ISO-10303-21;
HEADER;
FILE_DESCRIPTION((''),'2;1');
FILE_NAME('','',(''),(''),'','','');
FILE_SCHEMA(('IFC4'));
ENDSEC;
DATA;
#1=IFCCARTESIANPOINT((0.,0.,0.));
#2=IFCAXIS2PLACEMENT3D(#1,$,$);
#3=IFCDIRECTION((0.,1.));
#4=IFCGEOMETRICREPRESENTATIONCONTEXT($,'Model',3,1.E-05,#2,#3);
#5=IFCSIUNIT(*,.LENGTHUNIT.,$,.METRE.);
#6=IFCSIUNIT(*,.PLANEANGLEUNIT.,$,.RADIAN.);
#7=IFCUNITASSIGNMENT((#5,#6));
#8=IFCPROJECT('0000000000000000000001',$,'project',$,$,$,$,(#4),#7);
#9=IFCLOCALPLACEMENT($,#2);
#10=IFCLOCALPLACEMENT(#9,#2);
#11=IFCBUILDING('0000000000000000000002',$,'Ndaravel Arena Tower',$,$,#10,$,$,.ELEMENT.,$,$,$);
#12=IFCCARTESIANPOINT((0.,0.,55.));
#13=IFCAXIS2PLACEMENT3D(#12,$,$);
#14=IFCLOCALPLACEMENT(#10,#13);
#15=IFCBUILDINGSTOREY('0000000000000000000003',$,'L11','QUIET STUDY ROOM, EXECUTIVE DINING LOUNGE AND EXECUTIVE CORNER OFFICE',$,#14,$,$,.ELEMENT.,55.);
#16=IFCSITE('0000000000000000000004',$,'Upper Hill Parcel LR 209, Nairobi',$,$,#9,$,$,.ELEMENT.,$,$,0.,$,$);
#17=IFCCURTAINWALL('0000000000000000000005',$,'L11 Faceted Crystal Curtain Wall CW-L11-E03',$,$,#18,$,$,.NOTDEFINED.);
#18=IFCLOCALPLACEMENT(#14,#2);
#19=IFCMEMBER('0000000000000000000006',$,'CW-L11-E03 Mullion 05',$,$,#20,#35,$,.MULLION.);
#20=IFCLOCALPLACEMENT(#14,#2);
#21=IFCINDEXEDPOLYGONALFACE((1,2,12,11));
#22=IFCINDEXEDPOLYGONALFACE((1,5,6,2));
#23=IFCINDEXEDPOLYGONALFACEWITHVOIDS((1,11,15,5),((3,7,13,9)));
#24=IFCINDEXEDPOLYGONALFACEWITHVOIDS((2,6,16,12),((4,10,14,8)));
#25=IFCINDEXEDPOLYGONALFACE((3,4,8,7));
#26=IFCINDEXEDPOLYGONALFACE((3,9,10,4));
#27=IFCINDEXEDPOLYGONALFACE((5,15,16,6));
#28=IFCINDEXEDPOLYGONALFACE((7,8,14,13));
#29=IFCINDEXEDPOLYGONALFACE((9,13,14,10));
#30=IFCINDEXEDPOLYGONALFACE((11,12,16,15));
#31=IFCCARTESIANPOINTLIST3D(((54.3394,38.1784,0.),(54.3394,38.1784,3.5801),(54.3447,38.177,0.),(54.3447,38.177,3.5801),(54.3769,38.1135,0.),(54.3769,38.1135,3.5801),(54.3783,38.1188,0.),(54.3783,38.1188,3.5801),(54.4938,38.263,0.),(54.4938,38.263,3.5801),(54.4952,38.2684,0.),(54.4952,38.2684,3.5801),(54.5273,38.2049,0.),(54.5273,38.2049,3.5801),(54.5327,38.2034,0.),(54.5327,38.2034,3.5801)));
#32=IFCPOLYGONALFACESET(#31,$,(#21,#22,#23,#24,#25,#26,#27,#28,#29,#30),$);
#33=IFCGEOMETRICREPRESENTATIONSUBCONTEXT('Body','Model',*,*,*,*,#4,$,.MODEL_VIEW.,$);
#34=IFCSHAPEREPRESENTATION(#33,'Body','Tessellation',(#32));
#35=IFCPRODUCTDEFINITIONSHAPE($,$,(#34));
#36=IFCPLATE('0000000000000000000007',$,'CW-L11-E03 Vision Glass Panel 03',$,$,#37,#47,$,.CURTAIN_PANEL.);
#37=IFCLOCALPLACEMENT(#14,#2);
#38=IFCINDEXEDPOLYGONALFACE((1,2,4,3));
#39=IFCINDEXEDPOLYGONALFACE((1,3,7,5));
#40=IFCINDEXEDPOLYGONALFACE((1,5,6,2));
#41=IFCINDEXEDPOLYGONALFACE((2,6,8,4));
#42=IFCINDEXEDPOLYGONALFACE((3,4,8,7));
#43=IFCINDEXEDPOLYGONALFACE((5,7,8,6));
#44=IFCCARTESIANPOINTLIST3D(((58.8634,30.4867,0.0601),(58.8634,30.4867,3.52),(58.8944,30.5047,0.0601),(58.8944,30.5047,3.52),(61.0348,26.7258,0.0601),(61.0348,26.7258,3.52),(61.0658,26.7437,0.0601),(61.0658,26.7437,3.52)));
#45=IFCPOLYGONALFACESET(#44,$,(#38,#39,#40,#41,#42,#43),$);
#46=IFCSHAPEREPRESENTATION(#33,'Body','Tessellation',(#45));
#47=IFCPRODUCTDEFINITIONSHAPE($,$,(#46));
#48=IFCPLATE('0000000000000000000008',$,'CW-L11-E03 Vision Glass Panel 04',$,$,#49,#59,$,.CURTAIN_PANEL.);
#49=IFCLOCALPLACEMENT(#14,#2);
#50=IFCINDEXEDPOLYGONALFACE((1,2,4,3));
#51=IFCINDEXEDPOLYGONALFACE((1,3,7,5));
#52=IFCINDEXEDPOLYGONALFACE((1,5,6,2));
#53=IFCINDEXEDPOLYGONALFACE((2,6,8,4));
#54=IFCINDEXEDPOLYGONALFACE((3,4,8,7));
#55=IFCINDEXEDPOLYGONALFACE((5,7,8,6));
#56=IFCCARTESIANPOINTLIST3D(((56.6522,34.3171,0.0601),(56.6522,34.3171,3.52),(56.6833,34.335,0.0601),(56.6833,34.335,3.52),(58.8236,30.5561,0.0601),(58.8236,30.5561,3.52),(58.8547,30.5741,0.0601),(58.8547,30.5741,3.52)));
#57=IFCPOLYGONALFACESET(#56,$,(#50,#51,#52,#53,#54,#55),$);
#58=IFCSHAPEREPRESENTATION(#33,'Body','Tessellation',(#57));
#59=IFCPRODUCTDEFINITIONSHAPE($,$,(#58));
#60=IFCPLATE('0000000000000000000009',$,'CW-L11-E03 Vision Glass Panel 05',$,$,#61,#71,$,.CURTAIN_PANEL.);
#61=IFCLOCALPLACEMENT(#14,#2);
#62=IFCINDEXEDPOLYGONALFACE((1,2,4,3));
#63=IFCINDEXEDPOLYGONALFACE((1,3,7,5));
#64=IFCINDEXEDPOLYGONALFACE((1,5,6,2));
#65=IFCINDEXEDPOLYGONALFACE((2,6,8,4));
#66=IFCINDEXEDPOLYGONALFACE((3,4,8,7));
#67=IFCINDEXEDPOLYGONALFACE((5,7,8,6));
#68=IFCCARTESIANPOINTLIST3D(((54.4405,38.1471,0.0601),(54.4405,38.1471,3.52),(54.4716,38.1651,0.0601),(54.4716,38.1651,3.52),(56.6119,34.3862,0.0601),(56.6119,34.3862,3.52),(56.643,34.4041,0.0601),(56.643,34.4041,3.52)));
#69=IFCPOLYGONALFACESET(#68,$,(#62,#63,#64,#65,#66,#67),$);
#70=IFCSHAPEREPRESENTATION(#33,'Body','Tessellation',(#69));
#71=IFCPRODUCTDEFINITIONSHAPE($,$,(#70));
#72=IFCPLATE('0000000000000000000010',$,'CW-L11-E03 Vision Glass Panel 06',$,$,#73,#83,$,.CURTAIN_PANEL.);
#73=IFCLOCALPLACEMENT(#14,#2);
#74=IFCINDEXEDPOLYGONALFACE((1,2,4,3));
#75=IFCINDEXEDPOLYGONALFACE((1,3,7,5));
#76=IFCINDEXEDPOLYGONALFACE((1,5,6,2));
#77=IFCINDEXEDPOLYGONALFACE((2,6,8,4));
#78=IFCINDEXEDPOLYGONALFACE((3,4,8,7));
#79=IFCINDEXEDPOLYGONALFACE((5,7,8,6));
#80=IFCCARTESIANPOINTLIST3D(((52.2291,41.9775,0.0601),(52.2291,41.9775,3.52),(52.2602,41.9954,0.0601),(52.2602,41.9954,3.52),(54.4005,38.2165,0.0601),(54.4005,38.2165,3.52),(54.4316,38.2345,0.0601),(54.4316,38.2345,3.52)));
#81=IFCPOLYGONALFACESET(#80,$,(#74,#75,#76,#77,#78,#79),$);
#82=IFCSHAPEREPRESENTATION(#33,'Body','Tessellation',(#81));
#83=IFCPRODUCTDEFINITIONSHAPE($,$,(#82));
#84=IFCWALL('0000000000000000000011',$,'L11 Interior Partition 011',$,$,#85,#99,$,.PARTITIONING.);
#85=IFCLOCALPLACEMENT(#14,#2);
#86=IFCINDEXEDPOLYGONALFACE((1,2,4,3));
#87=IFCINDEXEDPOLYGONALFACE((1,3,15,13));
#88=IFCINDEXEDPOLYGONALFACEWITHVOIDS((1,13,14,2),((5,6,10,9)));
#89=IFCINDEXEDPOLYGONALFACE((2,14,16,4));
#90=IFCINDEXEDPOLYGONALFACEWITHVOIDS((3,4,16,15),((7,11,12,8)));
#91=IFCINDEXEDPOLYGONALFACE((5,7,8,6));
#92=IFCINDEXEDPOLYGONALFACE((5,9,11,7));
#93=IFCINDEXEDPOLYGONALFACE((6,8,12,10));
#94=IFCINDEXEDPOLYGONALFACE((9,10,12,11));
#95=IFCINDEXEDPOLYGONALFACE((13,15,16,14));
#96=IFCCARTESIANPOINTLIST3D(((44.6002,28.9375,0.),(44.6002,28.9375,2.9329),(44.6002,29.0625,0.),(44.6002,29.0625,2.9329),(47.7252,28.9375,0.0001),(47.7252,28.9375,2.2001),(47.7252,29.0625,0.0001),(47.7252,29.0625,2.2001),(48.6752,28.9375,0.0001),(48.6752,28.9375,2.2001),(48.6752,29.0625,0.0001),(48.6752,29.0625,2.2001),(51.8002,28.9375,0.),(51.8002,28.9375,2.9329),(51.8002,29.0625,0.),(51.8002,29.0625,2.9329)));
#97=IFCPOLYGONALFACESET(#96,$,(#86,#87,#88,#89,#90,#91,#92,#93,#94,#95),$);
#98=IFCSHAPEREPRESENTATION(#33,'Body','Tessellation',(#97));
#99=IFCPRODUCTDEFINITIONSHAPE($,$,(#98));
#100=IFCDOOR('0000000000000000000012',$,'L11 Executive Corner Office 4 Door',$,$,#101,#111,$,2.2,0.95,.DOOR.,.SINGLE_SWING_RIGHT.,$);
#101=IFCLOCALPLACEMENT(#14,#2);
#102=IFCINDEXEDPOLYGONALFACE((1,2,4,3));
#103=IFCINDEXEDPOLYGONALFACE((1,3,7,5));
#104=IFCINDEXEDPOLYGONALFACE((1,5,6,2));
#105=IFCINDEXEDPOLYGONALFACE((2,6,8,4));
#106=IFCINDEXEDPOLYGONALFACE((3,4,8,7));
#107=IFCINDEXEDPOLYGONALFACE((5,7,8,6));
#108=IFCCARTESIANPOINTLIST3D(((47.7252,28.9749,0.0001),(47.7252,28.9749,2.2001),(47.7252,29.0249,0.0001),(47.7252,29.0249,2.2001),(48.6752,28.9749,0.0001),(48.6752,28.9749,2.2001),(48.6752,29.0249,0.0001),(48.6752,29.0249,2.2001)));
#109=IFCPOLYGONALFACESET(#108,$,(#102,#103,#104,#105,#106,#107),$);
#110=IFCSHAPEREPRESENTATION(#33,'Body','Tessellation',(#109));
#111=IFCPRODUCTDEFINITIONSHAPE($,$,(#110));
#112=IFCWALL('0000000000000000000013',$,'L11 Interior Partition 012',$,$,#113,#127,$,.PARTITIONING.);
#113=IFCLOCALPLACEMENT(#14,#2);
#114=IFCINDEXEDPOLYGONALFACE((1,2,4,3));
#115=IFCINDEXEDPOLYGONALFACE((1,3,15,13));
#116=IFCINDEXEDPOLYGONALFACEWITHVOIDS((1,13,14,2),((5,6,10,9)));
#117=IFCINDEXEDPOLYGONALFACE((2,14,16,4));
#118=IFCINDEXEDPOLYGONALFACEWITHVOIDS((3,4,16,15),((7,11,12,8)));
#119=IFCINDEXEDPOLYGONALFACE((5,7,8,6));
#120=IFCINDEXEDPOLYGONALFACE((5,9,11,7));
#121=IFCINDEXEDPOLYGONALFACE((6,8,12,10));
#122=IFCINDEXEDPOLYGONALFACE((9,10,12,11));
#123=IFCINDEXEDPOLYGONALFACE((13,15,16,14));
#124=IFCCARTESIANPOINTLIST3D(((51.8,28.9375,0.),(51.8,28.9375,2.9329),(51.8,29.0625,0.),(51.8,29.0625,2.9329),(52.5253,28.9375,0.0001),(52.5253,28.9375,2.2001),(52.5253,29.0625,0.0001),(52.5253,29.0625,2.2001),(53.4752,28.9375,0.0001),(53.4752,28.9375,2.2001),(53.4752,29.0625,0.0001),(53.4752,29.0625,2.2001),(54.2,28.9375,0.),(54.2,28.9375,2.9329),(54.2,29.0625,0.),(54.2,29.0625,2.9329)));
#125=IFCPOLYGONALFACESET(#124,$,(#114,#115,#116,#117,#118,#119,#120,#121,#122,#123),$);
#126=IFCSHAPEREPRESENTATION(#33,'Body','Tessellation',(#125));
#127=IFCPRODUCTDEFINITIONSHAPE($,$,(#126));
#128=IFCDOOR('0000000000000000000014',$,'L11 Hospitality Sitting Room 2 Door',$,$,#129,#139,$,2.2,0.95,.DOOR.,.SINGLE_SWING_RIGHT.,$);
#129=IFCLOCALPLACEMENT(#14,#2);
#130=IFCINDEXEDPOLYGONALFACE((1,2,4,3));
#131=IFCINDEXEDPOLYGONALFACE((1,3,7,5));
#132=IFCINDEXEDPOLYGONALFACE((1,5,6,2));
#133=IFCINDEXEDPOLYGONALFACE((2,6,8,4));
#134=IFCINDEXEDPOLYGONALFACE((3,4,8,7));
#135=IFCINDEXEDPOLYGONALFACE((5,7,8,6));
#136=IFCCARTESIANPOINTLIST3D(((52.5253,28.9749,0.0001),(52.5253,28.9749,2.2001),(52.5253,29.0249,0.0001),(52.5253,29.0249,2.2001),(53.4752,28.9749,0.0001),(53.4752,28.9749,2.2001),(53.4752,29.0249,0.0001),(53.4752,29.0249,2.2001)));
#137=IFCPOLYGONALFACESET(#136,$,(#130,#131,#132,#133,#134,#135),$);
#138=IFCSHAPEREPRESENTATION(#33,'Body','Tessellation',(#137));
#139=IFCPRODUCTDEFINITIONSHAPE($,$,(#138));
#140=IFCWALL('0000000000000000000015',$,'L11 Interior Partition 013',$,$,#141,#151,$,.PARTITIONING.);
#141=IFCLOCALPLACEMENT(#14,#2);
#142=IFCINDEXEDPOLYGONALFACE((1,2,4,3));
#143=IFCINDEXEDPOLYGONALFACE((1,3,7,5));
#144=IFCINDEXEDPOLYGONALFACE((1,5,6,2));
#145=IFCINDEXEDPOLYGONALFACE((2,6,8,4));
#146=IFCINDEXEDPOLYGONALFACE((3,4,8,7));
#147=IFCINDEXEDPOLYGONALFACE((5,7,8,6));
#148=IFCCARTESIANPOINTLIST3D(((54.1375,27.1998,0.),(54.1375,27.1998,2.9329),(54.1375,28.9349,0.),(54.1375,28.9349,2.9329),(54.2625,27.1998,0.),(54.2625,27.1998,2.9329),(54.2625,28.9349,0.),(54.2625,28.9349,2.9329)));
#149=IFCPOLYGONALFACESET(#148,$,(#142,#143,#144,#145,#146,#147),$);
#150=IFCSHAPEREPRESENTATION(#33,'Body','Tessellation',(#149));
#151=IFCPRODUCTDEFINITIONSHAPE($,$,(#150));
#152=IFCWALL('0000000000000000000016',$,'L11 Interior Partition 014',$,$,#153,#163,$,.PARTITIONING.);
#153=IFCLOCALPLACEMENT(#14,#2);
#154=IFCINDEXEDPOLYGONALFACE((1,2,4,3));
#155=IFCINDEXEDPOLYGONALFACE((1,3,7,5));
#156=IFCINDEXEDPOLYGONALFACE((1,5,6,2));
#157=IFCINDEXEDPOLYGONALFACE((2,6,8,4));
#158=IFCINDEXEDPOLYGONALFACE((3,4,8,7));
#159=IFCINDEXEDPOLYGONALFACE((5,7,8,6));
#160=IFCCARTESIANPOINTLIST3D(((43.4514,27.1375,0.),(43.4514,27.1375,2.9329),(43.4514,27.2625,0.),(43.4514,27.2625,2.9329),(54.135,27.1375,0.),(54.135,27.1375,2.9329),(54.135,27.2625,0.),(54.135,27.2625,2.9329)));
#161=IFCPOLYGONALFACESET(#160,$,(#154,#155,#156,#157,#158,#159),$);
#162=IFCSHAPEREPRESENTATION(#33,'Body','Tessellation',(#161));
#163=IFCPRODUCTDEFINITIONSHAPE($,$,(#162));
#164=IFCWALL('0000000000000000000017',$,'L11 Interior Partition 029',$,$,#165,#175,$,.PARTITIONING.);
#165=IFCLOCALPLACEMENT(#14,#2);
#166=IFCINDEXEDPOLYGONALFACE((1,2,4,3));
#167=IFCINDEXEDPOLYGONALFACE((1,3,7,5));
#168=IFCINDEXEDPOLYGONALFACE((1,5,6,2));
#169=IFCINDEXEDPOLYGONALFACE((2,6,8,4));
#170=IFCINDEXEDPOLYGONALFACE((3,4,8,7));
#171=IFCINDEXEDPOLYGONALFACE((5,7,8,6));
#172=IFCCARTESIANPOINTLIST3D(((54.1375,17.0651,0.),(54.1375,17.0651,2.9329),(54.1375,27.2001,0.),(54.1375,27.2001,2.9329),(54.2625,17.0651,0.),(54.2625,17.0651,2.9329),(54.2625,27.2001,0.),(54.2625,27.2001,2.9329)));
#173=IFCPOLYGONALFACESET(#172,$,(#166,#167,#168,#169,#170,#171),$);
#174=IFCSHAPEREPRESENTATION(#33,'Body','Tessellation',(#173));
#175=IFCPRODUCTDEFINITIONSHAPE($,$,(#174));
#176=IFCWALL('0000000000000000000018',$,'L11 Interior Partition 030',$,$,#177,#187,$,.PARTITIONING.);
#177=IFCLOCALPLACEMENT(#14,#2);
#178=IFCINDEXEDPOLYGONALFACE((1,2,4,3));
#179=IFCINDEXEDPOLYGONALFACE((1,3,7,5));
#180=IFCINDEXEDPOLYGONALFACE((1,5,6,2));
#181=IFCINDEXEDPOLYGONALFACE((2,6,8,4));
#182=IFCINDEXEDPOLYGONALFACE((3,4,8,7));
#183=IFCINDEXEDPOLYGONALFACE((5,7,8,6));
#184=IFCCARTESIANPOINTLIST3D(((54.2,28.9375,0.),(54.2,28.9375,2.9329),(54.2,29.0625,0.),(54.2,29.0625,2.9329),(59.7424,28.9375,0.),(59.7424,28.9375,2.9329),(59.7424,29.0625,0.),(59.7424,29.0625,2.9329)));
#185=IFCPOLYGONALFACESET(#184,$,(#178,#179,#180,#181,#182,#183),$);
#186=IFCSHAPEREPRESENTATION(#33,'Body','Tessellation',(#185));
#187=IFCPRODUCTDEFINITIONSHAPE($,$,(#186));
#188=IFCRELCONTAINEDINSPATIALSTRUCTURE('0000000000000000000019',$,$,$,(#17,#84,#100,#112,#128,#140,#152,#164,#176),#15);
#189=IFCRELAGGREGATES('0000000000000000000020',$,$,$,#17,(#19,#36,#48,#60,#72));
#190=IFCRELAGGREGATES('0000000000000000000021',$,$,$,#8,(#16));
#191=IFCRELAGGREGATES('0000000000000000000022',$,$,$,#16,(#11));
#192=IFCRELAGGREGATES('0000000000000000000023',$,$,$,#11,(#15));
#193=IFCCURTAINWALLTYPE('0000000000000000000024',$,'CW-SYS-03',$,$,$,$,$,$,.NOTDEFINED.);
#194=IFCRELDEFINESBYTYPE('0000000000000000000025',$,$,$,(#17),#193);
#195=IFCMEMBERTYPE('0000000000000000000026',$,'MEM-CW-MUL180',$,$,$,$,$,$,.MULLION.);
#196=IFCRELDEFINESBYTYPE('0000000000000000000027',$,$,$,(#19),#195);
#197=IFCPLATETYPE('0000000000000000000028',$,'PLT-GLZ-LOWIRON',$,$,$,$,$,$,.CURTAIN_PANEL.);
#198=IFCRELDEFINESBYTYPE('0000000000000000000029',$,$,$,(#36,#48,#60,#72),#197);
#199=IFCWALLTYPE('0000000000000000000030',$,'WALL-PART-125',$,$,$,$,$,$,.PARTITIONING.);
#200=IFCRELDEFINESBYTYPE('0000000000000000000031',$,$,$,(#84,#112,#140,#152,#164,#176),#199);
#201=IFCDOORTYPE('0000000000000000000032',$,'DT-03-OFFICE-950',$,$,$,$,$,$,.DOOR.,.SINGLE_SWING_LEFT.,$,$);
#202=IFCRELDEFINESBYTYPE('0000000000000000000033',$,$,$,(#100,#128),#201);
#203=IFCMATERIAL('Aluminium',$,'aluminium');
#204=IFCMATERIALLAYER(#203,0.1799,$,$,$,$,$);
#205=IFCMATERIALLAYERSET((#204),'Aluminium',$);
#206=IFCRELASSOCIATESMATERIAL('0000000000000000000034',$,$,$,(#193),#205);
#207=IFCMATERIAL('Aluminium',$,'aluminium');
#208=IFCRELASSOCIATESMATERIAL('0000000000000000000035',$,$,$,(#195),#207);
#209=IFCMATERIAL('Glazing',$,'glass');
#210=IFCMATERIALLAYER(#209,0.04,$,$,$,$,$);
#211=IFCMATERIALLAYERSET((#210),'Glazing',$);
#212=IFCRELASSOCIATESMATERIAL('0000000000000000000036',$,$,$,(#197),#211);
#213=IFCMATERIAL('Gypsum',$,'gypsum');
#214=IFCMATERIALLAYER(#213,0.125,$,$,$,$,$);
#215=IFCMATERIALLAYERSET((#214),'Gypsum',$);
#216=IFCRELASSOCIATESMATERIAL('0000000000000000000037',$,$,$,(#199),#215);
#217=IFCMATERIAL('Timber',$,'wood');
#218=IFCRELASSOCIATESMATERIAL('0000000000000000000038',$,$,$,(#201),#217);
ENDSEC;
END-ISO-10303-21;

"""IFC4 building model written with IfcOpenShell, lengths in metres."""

from ifc_helpers import new_model, si_unit, direction, frame, frame_2d, origin, origin_2d, place, context, subcontext, project, spatial, rectangle, hollow_rectangle, extrude, material, layer, layer_set, material_profile, profile_set, type_object, element, fill, aggregate, save


model = new_model("IFC4")

# Units and contexts
model_context = context("Model", 3, precision=1e-05, world=origin(), true_north=direction((0.0, 1.0)))
body_context = subcontext(model_context, "Body", "Model", "MODEL_VIEW")
ifc_project = project(units=[si_unit("LENGTHUNIT", "METRE"), si_unit("PLANEANGLEUNIT", "RADIAN")], contexts=[model_context])

# Site, building, storey
site_placement = place(None, origin())
site = spatial("IfcSite", under=ifc_project, at=site_placement, Name="Upper Hill Parcel LR 209, Nairobi", CompositionType="ELEMENT", RefElevation=0.0)
building_placement = place(site_placement, origin())
building = spatial("IfcBuilding", under=site, at=building_placement, Name="Ndaravel Arena Tower", CompositionType="ELEMENT")
storey_placement = place(building_placement, frame((0.0, 0.0, 55.0)))
storey = spatial("IfcBuildingStorey", under=building, at=storey_placement, Name="L11", Description="QUIET STUDY ROOM, EXECUTIVE DINING LOUNGE AND EXECUTIVE CORNER OFFICE", CompositionType="ELEMENT", Elevation=55.0)

# Curtain wall, member, plates
ifc_material_1 = material(Name="Aluminium", Category="aluminium")
ifc_layer_1 = layer(ifc_material_1, 0.1799)
ifc_layer_set_1 = layer_set([ifc_layer_1], Name="Aluminium")
curtain_wall_type = type_object("IfcCurtainWallType", Name="CW-SYS-03", PredefinedType="NOTDEFINED", material=ifc_layer_set_1)
curtain_wall_placement = place(storey_placement, origin())
curtain_wall = element("IfcCurtainWall", 1, at=curtain_wall_placement, inside=storey, type_object=curtain_wall_type, Name="L11 Faceted Crystal Curtain Wall CW-L11-E03", PredefinedType="NOTDEFINED")
ifc_material_2 = material(Name="Aluminium", Category="aluminium")
ifc_material_profile_1 = material_profile(ifc_material_2, hollow_rectangle(XDim=0.075, YDim=0.1799, WallThickness=0.0039, at=origin_2d()), Name="CW MULLION 75x180x4")
ifc_profile_set_1 = profile_set([ifc_material_profile_1], Name="Aluminium")
member_type = type_object("IfcMemberType", Name="MEM-CW-MUL180", PredefinedType="MULLION", material=ifc_profile_set_1)
member_1_placement = place(storey_placement, frame((54.436, 38.1909, 0.0), z_axis=(0.0, 0.0, 1.0), x_axis=(-0.5, 0.866025, 0.0)))
member_1 = element("IfcMember", 2, at=member_1_placement, type_object=member_type, Name="CW-L11-E03 Mullion 05", PredefinedType="MULLION", context=body_context, shape_type="SweptSolid", body=[
    extrude(hollow_rectangle(XDim=0.075, YDim=0.1799, WallThickness=0.0039, at=origin_2d()), origin(), (0.0, 0.0, 1.0), 3.5801),
])
ifc_material_3 = material(Name="Glazing", Category="glass")
ifc_layer_2 = layer(ifc_material_3, 0.04)
ifc_layer_set_2 = layer_set([ifc_layer_2], Name="Glazing")
plate_type = type_object("IfcPlateType", Name="PLT-GLZ-LOWIRON", PredefinedType="CURTAIN_PANEL", material=ifc_layer_set_2)
plate_1_placement = place(storey_placement, frame((59.9646, 28.6152, 0.0601), z_axis=(0.0, 0.0, 1.0), x_axis=(-0.5, 0.866025, 0.0)))
plate_1 = element("IfcPlate", 3, at=plate_1_placement, type_object=plate_type, Name="CW-L11-E03 Vision Glass Panel 03", PredefinedType="CURTAIN_PANEL", context=body_context, shape_type="SweptSolid", body=[
    extrude(rectangle(XDim=4.3428, YDim=0.0359, at=origin_2d()), origin(), (0.0, 0.0, 1.0), 3.46),
])
plate_2_placement = place(storey_placement, frame((57.7534, 32.4456, 0.0601), z_axis=(0.0, 0.0, 1.0), x_axis=(-0.5, 0.866025, 0.0)))
plate_2 = element("IfcPlate", 4, at=plate_2_placement, type_object=plate_type, Name="CW-L11-E03 Vision Glass Panel 04", PredefinedType="CURTAIN_PANEL", context=body_context, shape_type="SweptSolid", body=[
    extrude(rectangle(XDim=4.3428, YDim=0.0359, at=origin_2d()), origin(), (0.0, 0.0, 1.0), 3.46),
])
plate_3_placement = place(storey_placement, frame((55.5417, 36.2756, 0.0601), z_axis=(0.0, 0.0, 1.0), x_axis=(-0.5, 0.866025, 0.0)))
plate_3 = element("IfcPlate", 5, at=plate_3_placement, type_object=plate_type, Name="CW-L11-E03 Vision Glass Panel 05", PredefinedType="CURTAIN_PANEL", context=body_context, shape_type="SweptSolid", body=[
    extrude(rectangle(XDim=4.3428, YDim=0.0359, at=origin_2d()), origin(), (0.0, 0.0, 1.0), 3.46),
])
plate_4_placement = place(storey_placement, frame((53.3303, 40.106, 0.0601), z_axis=(0.0, 0.0, 1.0), x_axis=(-0.5, 0.866025, 0.0)))
plate_4 = element("IfcPlate", 6, at=plate_4_placement, type_object=plate_type, Name="CW-L11-E03 Vision Glass Panel 06", PredefinedType="CURTAIN_PANEL", context=body_context, shape_type="SweptSolid", body=[
    extrude(rectangle(XDim=4.3428, YDim=0.0359, at=origin_2d()), origin(), (0.0, 0.0, 1.0), 3.46),
])
aggregate(curtain_wall, [member_1, plate_1, plate_2, plate_3, plate_4])

# Walls, openings, doors
ifc_material_4 = material(Name="Gypsum", Category="gypsum")
ifc_layer_3 = layer(ifc_material_4, 0.125)
ifc_layer_set_3 = layer_set([ifc_layer_3], Name="Gypsum")
wall_type = type_object("IfcWallType", Name="WALL-PART-125", PredefinedType="PARTITIONING", material=ifc_layer_set_3)
wall_1_placement = place(storey_placement, frame((44.6001, 29.0, 0.0), z_axis=(0.0, 0.0, 1.0), x_axis=(1.0, 0.0, 0.0)))
wall_1 = element("IfcWall", 7, at=wall_1_placement, inside=storey, type_object=wall_type, Name="L11 Interior Partition 011", PredefinedType="PARTITIONING", context=body_context, shape_type="SweptSolid", body=[
    extrude(rectangle(XDim=7.2, YDim=0.125, at=frame_2d((3.6001, 0.0))), origin(), (0.0, 0.0, 1.0), 2.9329),
])
opening_1_placement = place(wall_1_placement, frame((3.125, 0.0, 0.0)))
opening_1 = element("IfcOpeningElement", 8, at=opening_1_placement, cuts=wall_1, PredefinedType="OPENING", context=body_context, shape_type="SweptSolid", body=[
    extrude(rectangle(XDim=0.95, YDim=2.2, at=frame_2d((0.4751, 1.1001))), frame((0.0, 0.0625, 0.0), z_axis=(0.0, -1.0, 0.0), x_axis=(1.0, 0.0, 0.0)), (0.0, 0.0, 1.0), 0.125),
])
ifc_material_5 = material(Name="Timber", Category="wood")
door_type = type_object("IfcDoorType", Name="DT-03-OFFICE-950", OperationType="SINGLE_SWING_LEFT", PredefinedType="DOOR", material=ifc_material_5)
door_1_placement = place(opening_1_placement, origin())
door_1 = element("IfcDoor", 9, at=door_1_placement, inside=storey, type_object=door_type, Name="L11 Executive Corner Office 4 Door", OperationType="SINGLE_SWING_RIGHT", OverallHeight=2.2, OverallWidth=0.95, PredefinedType="DOOR", context=body_context, shape_type="SweptSolid", body=[
    extrude(rectangle(XDim=0.95, YDim=2.2, at=frame_2d((0.4751, 1.1001))), frame((0.0, 0.0249, 0.0), z_axis=(0.0, -1.0, 0.0), x_axis=(1.0, 0.0, 0.0)), (0.0, 0.0, 1.0), 0.05),
])
fill(opening_1, door_1)
wall_2_placement = place(storey_placement, frame((51.8, 29.0, 0.0), z_axis=(0.0, 0.0, 1.0), x_axis=(1.0, 0.0, 0.0)))
wall_2 = element("IfcWall", 10, at=wall_2_placement, inside=storey, type_object=wall_type, Name="L11 Interior Partition 012", PredefinedType="PARTITIONING", context=body_context, shape_type="SweptSolid", body=[
    extrude(rectangle(XDim=2.3999, YDim=0.125, at=frame_2d((1.2, 0.0))), origin(), (0.0, 0.0, 1.0), 2.9329),
])
opening_2_placement = place(wall_2_placement, frame((0.7251, 0.0, 0.0)))
opening_2 = element("IfcOpeningElement", 11, at=opening_2_placement, cuts=wall_2, PredefinedType="OPENING", context=body_context, shape_type="SweptSolid", body=[
    extrude(rectangle(XDim=0.95, YDim=2.2, at=frame_2d((0.4751, 1.1001))), frame((0.0, 0.0625, 0.0), z_axis=(0.0, -1.0, 0.0), x_axis=(1.0, 0.0, 0.0)), (0.0, 0.0, 1.0), 0.125),
])
door_2_placement = place(opening_2_placement, origin())
door_2 = element("IfcDoor", 12, at=door_2_placement, inside=storey, type_object=door_type, Name="L11 Hospitality Sitting Room 2 Door", OperationType="SINGLE_SWING_RIGHT", OverallHeight=2.2, OverallWidth=0.95, PredefinedType="DOOR", context=body_context, shape_type="SweptSolid", body=[
    extrude(rectangle(XDim=0.95, YDim=2.2, at=frame_2d((0.4751, 1.1001))), frame((0.0, 0.0249, 0.0), z_axis=(0.0, -1.0, 0.0), x_axis=(1.0, 0.0, 0.0)), (0.0, 0.0, 1.0), 0.05),
])
fill(opening_2, door_2)

# Walls
wall_3_placement = place(storey_placement, frame((54.2, 28.9351, 0.0), z_axis=(0.0, 0.0, 1.0), x_axis=(0.0, -1.0, 0.0)))
element("IfcWall", 13, at=wall_3_placement, inside=storey, type_object=wall_type, Name="L11 Interior Partition 013", PredefinedType="PARTITIONING", context=body_context, shape_type="SweptSolid", body=[
    extrude(rectangle(XDim=1.7351, YDim=0.125, at=frame_2d((0.8677, 0.0))), origin(), (0.0, 0.0, 1.0), 2.9329),
])
wall_4_placement = place(storey_placement, frame((54.135, 27.2, 0.0), z_axis=(0.0, 0.0, 1.0), x_axis=(-1.0, 0.0, 0.0)))
element("IfcWall", 14, at=wall_4_placement, inside=storey, type_object=wall_type, Name="L11 Interior Partition 014", PredefinedType="PARTITIONING", context=body_context, shape_type="SweptSolid", body=[
    extrude(rectangle(XDim=10.6836, YDim=0.125, at=frame_2d((5.3418, 0.0))), origin(), (0.0, 0.0, 1.0), 2.9329),
])
wall_5_placement = place(storey_placement, frame((54.2, 27.2, 0.0), z_axis=(0.0, 0.0, 1.0), x_axis=(0.0, -1.0, 0.0)))
element("IfcWall", 15, at=wall_5_placement, inside=storey, type_object=wall_type, Name="L11 Interior Partition 029", PredefinedType="PARTITIONING", context=body_context, shape_type="SweptSolid", body=[
    extrude(rectangle(XDim=10.135, YDim=0.125, at=frame_2d((5.0674, 0.0))), origin(), (0.0, 0.0, 1.0), 2.9329),
])
wall_6_placement = place(storey_placement, frame((54.2, 29.0, 0.0), z_axis=(0.0, 0.0, 1.0), x_axis=(1.0, 0.0, 0.0)))
element("IfcWall", 16, at=wall_6_placement, inside=storey, type_object=wall_type, Name="L11 Interior Partition 030", PredefinedType="PARTITIONING", context=body_context, shape_type="SweptSolid", body=[
    extrude(rectangle(XDim=5.5425, YDim=0.125, at=frame_2d((2.7712, 0.0))), origin(), (0.0, 0.0, 1.0), 2.9329),
])

save(model, "model.ifc")
